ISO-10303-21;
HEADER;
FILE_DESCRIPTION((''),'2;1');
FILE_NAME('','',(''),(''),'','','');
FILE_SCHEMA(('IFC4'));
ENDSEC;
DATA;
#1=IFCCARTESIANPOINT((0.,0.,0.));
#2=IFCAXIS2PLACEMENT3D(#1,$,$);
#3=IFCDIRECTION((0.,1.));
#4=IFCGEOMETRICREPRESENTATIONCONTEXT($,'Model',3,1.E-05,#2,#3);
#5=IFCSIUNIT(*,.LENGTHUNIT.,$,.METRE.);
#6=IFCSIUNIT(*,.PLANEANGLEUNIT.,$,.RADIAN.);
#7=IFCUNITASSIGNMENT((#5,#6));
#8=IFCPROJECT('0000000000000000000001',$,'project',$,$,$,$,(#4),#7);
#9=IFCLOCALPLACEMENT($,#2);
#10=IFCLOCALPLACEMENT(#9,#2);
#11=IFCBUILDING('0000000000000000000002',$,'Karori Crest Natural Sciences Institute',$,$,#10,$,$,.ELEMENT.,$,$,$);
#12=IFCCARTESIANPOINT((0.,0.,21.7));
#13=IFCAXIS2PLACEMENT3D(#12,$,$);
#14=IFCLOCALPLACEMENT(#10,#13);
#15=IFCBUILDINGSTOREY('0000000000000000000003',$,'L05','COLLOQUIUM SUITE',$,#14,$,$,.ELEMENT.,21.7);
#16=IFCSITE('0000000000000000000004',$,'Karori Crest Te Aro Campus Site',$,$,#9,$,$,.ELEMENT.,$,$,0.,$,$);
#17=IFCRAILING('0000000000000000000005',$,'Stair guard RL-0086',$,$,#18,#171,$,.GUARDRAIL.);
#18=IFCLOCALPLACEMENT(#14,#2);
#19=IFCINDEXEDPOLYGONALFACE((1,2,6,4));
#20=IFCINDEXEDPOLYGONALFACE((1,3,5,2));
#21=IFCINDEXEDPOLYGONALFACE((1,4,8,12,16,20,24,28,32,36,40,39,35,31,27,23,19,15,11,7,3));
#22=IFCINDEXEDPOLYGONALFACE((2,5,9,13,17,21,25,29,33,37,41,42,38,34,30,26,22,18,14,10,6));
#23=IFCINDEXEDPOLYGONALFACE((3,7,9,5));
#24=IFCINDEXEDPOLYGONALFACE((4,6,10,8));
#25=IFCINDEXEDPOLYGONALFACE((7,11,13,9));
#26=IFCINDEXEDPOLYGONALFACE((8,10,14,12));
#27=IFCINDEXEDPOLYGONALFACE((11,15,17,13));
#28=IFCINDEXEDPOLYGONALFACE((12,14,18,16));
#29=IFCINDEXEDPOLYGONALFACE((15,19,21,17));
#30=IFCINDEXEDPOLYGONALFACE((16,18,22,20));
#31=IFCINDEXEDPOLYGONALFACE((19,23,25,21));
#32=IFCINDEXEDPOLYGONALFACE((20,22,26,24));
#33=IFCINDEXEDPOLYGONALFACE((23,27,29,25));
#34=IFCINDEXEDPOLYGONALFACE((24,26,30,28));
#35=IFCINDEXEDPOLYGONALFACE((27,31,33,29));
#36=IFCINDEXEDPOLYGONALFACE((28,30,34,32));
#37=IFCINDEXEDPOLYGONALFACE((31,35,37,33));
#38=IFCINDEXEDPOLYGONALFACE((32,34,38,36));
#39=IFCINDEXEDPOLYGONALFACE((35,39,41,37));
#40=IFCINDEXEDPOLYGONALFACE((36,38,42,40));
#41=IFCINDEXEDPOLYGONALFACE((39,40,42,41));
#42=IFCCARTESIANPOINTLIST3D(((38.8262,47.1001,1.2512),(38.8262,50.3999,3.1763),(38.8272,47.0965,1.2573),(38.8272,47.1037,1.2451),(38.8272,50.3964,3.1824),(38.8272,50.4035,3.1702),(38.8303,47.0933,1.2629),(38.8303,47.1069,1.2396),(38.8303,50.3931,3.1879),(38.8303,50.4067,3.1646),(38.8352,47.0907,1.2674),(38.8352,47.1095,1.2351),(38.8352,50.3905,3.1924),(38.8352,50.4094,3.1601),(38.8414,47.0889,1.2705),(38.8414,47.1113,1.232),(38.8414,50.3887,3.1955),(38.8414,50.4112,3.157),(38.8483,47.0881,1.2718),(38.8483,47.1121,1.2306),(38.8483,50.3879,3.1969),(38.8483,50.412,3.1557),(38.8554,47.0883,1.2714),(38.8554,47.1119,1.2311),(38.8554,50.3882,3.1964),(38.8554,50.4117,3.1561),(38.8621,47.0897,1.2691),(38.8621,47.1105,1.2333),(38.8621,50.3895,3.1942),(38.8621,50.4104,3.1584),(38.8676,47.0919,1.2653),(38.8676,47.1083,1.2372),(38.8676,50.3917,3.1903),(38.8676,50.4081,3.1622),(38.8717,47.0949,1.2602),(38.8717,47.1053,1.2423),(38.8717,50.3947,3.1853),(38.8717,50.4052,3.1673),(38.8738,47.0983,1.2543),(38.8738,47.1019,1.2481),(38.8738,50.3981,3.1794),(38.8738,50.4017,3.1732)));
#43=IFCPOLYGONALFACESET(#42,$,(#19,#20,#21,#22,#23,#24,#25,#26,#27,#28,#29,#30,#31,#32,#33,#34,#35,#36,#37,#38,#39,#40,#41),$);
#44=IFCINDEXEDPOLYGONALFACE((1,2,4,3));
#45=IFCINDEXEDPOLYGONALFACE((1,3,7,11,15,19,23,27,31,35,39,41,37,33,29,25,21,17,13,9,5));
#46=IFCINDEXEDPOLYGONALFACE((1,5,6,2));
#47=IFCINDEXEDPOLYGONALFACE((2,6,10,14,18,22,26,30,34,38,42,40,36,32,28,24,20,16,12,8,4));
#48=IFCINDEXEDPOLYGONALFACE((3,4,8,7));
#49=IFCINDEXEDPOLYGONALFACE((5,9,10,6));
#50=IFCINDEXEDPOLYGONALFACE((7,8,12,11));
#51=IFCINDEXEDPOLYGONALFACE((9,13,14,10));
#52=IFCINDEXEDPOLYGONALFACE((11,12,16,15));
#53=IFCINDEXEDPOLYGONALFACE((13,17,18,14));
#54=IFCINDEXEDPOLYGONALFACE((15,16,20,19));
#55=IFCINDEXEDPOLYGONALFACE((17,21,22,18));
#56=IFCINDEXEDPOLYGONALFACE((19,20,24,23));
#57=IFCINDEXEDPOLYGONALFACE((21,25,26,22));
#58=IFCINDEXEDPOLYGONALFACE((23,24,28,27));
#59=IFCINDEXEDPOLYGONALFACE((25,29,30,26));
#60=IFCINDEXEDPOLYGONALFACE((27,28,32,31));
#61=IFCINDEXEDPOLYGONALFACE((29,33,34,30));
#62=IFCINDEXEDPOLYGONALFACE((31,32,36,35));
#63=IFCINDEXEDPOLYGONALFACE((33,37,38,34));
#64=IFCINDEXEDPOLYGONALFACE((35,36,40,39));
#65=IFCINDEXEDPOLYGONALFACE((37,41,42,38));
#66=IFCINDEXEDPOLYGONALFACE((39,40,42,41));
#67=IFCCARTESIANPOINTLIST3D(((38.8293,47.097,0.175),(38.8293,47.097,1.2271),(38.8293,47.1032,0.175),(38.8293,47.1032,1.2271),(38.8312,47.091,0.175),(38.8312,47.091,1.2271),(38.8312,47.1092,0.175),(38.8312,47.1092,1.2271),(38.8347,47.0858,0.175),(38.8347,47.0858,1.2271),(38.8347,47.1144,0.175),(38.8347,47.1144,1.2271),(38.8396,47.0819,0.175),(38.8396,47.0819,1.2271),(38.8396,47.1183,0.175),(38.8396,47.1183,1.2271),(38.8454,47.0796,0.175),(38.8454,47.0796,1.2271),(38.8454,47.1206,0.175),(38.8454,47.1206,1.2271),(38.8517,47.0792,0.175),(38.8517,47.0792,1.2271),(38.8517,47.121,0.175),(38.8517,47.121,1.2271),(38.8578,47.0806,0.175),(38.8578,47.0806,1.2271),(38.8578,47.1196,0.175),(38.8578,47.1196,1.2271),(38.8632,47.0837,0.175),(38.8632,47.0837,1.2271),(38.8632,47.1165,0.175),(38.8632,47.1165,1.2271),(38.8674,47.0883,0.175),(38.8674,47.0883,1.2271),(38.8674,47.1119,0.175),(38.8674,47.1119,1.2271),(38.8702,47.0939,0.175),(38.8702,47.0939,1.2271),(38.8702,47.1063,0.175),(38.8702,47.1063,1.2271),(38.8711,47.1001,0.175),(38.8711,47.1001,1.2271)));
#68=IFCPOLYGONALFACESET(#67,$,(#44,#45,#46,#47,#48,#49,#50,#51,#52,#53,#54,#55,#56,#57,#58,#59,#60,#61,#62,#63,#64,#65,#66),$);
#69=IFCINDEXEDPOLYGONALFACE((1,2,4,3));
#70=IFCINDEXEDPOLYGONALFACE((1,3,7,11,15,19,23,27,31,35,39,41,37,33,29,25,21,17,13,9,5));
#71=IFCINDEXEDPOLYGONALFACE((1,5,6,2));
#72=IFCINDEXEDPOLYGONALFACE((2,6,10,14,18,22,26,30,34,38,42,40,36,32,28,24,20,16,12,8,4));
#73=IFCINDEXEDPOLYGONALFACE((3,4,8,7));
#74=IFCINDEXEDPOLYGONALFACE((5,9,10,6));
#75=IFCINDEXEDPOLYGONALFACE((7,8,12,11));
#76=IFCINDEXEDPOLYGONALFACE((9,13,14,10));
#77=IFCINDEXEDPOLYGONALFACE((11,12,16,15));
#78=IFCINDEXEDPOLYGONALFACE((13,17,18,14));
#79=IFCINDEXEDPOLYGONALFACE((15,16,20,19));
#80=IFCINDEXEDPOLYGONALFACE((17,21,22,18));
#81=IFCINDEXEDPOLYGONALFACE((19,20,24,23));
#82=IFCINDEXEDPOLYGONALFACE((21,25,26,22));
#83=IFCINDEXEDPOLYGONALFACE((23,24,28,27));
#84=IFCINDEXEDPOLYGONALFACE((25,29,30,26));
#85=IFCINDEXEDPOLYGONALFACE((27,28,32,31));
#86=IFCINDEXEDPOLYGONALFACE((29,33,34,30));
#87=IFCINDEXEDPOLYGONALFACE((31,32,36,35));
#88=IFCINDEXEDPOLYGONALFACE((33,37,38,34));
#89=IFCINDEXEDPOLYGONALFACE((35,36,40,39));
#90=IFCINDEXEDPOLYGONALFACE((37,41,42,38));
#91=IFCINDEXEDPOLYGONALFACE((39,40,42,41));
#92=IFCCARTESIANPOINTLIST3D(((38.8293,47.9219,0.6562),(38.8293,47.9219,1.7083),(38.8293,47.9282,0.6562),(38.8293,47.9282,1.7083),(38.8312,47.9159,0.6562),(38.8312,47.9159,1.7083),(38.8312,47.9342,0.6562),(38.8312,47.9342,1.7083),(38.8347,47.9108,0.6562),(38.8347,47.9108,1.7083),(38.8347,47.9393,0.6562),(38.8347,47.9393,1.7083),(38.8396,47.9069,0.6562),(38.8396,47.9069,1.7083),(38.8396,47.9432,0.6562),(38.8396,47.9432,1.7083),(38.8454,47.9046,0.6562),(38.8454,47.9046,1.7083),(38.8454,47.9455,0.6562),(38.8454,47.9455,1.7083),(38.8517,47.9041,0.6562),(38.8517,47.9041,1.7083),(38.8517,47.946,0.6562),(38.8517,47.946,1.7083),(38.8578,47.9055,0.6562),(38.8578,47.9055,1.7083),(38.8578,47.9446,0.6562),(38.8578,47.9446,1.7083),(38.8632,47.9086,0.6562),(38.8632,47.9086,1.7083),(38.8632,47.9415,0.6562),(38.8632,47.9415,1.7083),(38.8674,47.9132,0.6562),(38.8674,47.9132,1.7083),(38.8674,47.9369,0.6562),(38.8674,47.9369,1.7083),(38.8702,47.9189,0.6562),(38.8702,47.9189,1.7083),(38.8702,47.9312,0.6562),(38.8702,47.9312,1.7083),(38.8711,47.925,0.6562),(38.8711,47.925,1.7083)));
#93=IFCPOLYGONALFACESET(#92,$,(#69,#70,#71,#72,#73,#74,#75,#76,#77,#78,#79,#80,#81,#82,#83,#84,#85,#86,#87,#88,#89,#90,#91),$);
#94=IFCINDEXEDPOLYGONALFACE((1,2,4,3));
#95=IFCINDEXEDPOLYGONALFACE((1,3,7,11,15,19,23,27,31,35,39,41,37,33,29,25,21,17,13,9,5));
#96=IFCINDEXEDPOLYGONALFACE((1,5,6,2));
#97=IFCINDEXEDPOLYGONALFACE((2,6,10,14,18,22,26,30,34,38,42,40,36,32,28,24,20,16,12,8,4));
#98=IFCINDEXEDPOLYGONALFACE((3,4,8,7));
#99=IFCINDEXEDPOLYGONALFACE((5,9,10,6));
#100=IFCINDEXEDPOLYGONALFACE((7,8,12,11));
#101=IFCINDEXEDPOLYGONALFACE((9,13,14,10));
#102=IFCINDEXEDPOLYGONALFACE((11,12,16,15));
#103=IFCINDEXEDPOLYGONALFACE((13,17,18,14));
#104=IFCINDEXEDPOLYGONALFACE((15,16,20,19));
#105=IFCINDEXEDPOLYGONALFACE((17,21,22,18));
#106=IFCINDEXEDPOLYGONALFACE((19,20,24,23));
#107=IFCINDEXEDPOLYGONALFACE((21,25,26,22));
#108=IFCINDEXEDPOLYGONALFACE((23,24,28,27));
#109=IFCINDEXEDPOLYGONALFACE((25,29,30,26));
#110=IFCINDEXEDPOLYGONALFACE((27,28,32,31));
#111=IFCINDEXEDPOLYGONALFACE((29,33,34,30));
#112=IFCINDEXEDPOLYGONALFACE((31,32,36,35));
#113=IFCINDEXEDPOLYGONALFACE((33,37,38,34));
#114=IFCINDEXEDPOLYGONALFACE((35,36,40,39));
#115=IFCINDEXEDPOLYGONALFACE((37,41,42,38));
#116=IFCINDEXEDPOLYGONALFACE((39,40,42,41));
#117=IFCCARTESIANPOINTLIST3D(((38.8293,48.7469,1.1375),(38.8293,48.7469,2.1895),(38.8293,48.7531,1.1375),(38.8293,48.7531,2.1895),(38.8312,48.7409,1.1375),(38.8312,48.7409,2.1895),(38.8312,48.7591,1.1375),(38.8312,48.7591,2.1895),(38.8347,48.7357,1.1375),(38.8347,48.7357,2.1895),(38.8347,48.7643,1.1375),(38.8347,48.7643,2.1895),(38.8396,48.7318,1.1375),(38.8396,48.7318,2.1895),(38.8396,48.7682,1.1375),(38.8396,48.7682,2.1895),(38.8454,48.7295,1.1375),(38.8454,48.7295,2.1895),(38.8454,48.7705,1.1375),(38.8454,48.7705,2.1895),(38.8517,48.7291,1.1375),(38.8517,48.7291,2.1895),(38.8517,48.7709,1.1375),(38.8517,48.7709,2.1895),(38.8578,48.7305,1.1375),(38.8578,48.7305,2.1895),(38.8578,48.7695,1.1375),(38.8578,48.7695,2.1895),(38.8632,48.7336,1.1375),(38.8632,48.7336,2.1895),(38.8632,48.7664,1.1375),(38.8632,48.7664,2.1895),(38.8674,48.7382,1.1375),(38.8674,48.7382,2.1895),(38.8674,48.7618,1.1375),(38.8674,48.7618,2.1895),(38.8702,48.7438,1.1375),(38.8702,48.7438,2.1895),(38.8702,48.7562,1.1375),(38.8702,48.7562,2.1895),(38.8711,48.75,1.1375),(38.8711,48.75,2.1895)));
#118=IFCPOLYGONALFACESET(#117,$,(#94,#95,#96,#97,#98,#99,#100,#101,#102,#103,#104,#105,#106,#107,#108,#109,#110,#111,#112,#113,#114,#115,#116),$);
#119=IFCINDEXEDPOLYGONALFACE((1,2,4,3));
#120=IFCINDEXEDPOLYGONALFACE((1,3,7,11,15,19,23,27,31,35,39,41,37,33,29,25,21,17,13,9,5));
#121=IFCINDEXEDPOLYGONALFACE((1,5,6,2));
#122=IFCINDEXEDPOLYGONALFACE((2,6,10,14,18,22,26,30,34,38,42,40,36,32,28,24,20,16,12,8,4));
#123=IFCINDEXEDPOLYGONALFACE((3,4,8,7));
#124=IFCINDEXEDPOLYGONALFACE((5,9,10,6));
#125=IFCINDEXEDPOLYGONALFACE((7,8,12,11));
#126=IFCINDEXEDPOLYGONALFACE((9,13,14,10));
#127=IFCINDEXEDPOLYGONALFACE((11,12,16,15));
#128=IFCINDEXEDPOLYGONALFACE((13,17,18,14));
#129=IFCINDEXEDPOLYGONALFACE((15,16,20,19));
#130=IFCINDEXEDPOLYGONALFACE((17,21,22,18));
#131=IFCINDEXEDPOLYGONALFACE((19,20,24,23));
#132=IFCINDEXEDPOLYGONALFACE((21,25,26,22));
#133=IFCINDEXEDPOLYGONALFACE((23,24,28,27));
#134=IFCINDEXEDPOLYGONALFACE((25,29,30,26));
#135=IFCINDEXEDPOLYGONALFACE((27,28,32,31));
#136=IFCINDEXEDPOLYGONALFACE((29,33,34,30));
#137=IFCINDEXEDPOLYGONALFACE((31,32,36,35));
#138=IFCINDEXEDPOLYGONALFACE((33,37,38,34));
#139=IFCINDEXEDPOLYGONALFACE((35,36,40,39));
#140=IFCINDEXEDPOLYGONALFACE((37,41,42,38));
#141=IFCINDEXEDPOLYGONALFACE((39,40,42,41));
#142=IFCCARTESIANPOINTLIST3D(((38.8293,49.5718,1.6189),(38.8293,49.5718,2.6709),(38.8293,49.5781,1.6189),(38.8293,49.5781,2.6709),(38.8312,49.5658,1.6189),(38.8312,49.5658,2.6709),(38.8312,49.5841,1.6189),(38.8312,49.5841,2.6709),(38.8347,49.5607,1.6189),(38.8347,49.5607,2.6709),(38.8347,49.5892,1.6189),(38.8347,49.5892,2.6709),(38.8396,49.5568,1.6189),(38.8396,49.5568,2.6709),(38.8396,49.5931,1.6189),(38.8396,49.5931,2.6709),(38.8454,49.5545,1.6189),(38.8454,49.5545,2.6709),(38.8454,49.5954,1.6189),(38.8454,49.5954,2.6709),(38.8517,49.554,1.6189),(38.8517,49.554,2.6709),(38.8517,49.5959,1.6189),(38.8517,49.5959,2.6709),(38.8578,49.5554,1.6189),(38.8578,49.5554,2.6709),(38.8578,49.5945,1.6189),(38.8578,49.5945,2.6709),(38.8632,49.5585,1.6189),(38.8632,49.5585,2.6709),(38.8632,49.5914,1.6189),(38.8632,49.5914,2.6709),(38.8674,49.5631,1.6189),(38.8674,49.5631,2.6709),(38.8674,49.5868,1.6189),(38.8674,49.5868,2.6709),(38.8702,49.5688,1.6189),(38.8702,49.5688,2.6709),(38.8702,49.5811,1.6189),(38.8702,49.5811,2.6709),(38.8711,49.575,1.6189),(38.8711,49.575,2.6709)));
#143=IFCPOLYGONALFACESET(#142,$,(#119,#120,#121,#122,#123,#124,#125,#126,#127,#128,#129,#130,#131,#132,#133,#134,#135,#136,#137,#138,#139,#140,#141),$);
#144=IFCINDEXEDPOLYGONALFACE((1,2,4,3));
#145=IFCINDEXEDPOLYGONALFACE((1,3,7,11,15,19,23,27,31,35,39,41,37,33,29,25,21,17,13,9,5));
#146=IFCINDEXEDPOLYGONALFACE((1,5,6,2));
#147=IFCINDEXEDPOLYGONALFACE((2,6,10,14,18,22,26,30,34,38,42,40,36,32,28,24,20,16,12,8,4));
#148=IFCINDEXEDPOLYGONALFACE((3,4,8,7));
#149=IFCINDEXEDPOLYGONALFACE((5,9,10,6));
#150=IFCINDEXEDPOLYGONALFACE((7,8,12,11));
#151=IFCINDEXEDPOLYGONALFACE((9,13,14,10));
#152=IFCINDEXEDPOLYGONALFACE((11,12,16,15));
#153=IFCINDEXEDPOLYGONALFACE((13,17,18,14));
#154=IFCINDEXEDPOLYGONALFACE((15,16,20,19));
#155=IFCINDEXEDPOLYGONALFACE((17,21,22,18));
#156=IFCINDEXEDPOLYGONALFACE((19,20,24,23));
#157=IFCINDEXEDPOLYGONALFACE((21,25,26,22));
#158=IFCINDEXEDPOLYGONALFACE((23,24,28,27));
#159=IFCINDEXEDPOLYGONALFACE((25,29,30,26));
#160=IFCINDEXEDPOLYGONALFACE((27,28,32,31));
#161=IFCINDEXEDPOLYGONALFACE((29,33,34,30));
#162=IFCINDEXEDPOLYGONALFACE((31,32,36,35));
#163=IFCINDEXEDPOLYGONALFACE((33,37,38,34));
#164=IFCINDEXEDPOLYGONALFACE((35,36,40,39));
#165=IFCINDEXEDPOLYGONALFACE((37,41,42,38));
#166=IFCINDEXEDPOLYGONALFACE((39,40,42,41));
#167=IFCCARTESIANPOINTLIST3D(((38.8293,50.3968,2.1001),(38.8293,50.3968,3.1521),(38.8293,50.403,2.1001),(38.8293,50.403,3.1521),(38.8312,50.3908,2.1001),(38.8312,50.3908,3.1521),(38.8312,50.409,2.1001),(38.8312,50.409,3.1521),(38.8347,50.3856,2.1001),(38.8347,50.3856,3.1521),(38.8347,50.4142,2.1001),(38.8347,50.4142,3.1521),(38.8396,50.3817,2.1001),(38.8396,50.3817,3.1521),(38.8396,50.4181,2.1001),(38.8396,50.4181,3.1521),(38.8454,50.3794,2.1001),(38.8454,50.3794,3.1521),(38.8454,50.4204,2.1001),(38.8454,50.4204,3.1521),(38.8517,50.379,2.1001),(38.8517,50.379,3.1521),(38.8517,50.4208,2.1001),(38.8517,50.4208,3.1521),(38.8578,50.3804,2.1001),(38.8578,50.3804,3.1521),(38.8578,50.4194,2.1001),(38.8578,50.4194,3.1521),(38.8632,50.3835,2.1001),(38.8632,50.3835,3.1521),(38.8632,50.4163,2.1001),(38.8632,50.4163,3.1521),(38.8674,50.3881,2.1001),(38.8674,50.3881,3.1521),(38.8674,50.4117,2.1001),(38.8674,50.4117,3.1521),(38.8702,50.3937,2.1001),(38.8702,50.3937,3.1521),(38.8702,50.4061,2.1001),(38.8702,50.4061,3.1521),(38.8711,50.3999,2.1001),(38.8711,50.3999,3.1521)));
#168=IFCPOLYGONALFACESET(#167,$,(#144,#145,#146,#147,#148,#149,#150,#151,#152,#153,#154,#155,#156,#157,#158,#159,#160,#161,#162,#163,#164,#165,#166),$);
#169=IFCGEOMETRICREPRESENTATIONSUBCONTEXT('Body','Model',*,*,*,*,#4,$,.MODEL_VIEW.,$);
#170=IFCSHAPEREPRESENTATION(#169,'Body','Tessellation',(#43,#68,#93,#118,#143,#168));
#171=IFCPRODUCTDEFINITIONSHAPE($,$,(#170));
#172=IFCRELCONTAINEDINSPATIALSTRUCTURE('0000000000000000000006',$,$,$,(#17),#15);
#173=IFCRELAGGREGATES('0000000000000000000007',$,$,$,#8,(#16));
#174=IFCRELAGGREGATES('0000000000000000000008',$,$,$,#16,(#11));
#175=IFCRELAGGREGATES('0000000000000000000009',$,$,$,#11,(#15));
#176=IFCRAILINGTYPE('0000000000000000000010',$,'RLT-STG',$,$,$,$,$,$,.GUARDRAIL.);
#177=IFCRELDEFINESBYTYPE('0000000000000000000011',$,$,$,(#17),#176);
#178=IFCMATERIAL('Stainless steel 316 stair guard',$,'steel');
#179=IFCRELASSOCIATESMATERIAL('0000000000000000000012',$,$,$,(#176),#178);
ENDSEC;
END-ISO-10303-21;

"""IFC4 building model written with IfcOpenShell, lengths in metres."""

from ifc_helpers import new_model, si_unit, direction, frame, origin, origin_2d, place, context, subcontext, project, spatial, circle, extrude, material, type_object, element, save


model = new_model("IFC4")

# Units and contexts
model_context = context("Model", 3, precision=1e-05, world=origin(), true_north=direction((0.0, 1.0)))
body_context = subcontext(model_context, "Body", "Model", "MODEL_VIEW")
ifc_project = project(units=[si_unit("LENGTHUNIT", "METRE"), si_unit("PLANEANGLEUNIT", "RADIAN")], contexts=[model_context])

# Site, building, storey
site_placement = place(None, origin())
site = spatial("IfcSite", under=ifc_project, at=site_placement, Name="Karori Crest Te Aro Campus Site", CompositionType="ELEMENT", RefElevation=0.0)
building_placement = place(site_placement, origin())
building = spatial("IfcBuilding", under=site, at=building_placement, Name="Karori Crest Natural Sciences Institute", CompositionType="ELEMENT")
storey_placement = place(building_placement, frame((0.0, 0.0, 21.7)))
storey = spatial("IfcBuildingStorey", under=building, at=storey_placement, Name="L05", Description="COLLOQUIUM SUITE", CompositionType="ELEMENT", Elevation=21.7)

# Railing
ifc_material_1 = material(Name="Stainless steel 316 stair guard", Category="steel")
railing_type_1 = type_object("IfcRailingType", Name="RLT-STG", PredefinedType="GUARDRAIL", material=ifc_material_1)
railing_1_placement = place(storey_placement, frame((38.8501, 47.1001, 0.175)))
element("IfcRailing", 1, at=railing_1_placement, inside=storey, type_object=railing_type_1, Name="Stair guard RL-0086", PredefinedType="GUARDRAIL", context=body_context, shape_type="SweptSolid", body=[
    extrude(circle(Radius=0.0239, at=origin_2d()), frame((0.0, 0.0, 1.0762), z_axis=(0.0, 0.86376, 0.503903), x_axis=(-1.0, 0.0, 0.0)), (0.0, 0.0, 1.0), 3.8203),
    extrude(circle(Radius=0.021, at=origin_2d()), origin(), (0.0, 0.0, 1.0), 1.052),
    extrude(circle(Radius=0.021, at=origin_2d()), frame((0.0, 0.825, 0.4812)), (0.0, 0.0, 1.0), 1.052),
    extrude(circle(Radius=0.021, at=origin_2d()), frame((0.0, 1.6499, 0.9624)), (0.0, 0.0, 1.0), 1.052),
    extrude(circle(Radius=0.021, at=origin_2d()), frame((0.0, 2.4749, 1.4438)), (0.0, 0.0, 1.0), 1.052),
    extrude(circle(Radius=0.021, at=origin_2d()), frame((0.0, 3.2998, 1.925)), (0.0, 0.0, 1.0), 1.052),
])

save(model, "model.ifc")
